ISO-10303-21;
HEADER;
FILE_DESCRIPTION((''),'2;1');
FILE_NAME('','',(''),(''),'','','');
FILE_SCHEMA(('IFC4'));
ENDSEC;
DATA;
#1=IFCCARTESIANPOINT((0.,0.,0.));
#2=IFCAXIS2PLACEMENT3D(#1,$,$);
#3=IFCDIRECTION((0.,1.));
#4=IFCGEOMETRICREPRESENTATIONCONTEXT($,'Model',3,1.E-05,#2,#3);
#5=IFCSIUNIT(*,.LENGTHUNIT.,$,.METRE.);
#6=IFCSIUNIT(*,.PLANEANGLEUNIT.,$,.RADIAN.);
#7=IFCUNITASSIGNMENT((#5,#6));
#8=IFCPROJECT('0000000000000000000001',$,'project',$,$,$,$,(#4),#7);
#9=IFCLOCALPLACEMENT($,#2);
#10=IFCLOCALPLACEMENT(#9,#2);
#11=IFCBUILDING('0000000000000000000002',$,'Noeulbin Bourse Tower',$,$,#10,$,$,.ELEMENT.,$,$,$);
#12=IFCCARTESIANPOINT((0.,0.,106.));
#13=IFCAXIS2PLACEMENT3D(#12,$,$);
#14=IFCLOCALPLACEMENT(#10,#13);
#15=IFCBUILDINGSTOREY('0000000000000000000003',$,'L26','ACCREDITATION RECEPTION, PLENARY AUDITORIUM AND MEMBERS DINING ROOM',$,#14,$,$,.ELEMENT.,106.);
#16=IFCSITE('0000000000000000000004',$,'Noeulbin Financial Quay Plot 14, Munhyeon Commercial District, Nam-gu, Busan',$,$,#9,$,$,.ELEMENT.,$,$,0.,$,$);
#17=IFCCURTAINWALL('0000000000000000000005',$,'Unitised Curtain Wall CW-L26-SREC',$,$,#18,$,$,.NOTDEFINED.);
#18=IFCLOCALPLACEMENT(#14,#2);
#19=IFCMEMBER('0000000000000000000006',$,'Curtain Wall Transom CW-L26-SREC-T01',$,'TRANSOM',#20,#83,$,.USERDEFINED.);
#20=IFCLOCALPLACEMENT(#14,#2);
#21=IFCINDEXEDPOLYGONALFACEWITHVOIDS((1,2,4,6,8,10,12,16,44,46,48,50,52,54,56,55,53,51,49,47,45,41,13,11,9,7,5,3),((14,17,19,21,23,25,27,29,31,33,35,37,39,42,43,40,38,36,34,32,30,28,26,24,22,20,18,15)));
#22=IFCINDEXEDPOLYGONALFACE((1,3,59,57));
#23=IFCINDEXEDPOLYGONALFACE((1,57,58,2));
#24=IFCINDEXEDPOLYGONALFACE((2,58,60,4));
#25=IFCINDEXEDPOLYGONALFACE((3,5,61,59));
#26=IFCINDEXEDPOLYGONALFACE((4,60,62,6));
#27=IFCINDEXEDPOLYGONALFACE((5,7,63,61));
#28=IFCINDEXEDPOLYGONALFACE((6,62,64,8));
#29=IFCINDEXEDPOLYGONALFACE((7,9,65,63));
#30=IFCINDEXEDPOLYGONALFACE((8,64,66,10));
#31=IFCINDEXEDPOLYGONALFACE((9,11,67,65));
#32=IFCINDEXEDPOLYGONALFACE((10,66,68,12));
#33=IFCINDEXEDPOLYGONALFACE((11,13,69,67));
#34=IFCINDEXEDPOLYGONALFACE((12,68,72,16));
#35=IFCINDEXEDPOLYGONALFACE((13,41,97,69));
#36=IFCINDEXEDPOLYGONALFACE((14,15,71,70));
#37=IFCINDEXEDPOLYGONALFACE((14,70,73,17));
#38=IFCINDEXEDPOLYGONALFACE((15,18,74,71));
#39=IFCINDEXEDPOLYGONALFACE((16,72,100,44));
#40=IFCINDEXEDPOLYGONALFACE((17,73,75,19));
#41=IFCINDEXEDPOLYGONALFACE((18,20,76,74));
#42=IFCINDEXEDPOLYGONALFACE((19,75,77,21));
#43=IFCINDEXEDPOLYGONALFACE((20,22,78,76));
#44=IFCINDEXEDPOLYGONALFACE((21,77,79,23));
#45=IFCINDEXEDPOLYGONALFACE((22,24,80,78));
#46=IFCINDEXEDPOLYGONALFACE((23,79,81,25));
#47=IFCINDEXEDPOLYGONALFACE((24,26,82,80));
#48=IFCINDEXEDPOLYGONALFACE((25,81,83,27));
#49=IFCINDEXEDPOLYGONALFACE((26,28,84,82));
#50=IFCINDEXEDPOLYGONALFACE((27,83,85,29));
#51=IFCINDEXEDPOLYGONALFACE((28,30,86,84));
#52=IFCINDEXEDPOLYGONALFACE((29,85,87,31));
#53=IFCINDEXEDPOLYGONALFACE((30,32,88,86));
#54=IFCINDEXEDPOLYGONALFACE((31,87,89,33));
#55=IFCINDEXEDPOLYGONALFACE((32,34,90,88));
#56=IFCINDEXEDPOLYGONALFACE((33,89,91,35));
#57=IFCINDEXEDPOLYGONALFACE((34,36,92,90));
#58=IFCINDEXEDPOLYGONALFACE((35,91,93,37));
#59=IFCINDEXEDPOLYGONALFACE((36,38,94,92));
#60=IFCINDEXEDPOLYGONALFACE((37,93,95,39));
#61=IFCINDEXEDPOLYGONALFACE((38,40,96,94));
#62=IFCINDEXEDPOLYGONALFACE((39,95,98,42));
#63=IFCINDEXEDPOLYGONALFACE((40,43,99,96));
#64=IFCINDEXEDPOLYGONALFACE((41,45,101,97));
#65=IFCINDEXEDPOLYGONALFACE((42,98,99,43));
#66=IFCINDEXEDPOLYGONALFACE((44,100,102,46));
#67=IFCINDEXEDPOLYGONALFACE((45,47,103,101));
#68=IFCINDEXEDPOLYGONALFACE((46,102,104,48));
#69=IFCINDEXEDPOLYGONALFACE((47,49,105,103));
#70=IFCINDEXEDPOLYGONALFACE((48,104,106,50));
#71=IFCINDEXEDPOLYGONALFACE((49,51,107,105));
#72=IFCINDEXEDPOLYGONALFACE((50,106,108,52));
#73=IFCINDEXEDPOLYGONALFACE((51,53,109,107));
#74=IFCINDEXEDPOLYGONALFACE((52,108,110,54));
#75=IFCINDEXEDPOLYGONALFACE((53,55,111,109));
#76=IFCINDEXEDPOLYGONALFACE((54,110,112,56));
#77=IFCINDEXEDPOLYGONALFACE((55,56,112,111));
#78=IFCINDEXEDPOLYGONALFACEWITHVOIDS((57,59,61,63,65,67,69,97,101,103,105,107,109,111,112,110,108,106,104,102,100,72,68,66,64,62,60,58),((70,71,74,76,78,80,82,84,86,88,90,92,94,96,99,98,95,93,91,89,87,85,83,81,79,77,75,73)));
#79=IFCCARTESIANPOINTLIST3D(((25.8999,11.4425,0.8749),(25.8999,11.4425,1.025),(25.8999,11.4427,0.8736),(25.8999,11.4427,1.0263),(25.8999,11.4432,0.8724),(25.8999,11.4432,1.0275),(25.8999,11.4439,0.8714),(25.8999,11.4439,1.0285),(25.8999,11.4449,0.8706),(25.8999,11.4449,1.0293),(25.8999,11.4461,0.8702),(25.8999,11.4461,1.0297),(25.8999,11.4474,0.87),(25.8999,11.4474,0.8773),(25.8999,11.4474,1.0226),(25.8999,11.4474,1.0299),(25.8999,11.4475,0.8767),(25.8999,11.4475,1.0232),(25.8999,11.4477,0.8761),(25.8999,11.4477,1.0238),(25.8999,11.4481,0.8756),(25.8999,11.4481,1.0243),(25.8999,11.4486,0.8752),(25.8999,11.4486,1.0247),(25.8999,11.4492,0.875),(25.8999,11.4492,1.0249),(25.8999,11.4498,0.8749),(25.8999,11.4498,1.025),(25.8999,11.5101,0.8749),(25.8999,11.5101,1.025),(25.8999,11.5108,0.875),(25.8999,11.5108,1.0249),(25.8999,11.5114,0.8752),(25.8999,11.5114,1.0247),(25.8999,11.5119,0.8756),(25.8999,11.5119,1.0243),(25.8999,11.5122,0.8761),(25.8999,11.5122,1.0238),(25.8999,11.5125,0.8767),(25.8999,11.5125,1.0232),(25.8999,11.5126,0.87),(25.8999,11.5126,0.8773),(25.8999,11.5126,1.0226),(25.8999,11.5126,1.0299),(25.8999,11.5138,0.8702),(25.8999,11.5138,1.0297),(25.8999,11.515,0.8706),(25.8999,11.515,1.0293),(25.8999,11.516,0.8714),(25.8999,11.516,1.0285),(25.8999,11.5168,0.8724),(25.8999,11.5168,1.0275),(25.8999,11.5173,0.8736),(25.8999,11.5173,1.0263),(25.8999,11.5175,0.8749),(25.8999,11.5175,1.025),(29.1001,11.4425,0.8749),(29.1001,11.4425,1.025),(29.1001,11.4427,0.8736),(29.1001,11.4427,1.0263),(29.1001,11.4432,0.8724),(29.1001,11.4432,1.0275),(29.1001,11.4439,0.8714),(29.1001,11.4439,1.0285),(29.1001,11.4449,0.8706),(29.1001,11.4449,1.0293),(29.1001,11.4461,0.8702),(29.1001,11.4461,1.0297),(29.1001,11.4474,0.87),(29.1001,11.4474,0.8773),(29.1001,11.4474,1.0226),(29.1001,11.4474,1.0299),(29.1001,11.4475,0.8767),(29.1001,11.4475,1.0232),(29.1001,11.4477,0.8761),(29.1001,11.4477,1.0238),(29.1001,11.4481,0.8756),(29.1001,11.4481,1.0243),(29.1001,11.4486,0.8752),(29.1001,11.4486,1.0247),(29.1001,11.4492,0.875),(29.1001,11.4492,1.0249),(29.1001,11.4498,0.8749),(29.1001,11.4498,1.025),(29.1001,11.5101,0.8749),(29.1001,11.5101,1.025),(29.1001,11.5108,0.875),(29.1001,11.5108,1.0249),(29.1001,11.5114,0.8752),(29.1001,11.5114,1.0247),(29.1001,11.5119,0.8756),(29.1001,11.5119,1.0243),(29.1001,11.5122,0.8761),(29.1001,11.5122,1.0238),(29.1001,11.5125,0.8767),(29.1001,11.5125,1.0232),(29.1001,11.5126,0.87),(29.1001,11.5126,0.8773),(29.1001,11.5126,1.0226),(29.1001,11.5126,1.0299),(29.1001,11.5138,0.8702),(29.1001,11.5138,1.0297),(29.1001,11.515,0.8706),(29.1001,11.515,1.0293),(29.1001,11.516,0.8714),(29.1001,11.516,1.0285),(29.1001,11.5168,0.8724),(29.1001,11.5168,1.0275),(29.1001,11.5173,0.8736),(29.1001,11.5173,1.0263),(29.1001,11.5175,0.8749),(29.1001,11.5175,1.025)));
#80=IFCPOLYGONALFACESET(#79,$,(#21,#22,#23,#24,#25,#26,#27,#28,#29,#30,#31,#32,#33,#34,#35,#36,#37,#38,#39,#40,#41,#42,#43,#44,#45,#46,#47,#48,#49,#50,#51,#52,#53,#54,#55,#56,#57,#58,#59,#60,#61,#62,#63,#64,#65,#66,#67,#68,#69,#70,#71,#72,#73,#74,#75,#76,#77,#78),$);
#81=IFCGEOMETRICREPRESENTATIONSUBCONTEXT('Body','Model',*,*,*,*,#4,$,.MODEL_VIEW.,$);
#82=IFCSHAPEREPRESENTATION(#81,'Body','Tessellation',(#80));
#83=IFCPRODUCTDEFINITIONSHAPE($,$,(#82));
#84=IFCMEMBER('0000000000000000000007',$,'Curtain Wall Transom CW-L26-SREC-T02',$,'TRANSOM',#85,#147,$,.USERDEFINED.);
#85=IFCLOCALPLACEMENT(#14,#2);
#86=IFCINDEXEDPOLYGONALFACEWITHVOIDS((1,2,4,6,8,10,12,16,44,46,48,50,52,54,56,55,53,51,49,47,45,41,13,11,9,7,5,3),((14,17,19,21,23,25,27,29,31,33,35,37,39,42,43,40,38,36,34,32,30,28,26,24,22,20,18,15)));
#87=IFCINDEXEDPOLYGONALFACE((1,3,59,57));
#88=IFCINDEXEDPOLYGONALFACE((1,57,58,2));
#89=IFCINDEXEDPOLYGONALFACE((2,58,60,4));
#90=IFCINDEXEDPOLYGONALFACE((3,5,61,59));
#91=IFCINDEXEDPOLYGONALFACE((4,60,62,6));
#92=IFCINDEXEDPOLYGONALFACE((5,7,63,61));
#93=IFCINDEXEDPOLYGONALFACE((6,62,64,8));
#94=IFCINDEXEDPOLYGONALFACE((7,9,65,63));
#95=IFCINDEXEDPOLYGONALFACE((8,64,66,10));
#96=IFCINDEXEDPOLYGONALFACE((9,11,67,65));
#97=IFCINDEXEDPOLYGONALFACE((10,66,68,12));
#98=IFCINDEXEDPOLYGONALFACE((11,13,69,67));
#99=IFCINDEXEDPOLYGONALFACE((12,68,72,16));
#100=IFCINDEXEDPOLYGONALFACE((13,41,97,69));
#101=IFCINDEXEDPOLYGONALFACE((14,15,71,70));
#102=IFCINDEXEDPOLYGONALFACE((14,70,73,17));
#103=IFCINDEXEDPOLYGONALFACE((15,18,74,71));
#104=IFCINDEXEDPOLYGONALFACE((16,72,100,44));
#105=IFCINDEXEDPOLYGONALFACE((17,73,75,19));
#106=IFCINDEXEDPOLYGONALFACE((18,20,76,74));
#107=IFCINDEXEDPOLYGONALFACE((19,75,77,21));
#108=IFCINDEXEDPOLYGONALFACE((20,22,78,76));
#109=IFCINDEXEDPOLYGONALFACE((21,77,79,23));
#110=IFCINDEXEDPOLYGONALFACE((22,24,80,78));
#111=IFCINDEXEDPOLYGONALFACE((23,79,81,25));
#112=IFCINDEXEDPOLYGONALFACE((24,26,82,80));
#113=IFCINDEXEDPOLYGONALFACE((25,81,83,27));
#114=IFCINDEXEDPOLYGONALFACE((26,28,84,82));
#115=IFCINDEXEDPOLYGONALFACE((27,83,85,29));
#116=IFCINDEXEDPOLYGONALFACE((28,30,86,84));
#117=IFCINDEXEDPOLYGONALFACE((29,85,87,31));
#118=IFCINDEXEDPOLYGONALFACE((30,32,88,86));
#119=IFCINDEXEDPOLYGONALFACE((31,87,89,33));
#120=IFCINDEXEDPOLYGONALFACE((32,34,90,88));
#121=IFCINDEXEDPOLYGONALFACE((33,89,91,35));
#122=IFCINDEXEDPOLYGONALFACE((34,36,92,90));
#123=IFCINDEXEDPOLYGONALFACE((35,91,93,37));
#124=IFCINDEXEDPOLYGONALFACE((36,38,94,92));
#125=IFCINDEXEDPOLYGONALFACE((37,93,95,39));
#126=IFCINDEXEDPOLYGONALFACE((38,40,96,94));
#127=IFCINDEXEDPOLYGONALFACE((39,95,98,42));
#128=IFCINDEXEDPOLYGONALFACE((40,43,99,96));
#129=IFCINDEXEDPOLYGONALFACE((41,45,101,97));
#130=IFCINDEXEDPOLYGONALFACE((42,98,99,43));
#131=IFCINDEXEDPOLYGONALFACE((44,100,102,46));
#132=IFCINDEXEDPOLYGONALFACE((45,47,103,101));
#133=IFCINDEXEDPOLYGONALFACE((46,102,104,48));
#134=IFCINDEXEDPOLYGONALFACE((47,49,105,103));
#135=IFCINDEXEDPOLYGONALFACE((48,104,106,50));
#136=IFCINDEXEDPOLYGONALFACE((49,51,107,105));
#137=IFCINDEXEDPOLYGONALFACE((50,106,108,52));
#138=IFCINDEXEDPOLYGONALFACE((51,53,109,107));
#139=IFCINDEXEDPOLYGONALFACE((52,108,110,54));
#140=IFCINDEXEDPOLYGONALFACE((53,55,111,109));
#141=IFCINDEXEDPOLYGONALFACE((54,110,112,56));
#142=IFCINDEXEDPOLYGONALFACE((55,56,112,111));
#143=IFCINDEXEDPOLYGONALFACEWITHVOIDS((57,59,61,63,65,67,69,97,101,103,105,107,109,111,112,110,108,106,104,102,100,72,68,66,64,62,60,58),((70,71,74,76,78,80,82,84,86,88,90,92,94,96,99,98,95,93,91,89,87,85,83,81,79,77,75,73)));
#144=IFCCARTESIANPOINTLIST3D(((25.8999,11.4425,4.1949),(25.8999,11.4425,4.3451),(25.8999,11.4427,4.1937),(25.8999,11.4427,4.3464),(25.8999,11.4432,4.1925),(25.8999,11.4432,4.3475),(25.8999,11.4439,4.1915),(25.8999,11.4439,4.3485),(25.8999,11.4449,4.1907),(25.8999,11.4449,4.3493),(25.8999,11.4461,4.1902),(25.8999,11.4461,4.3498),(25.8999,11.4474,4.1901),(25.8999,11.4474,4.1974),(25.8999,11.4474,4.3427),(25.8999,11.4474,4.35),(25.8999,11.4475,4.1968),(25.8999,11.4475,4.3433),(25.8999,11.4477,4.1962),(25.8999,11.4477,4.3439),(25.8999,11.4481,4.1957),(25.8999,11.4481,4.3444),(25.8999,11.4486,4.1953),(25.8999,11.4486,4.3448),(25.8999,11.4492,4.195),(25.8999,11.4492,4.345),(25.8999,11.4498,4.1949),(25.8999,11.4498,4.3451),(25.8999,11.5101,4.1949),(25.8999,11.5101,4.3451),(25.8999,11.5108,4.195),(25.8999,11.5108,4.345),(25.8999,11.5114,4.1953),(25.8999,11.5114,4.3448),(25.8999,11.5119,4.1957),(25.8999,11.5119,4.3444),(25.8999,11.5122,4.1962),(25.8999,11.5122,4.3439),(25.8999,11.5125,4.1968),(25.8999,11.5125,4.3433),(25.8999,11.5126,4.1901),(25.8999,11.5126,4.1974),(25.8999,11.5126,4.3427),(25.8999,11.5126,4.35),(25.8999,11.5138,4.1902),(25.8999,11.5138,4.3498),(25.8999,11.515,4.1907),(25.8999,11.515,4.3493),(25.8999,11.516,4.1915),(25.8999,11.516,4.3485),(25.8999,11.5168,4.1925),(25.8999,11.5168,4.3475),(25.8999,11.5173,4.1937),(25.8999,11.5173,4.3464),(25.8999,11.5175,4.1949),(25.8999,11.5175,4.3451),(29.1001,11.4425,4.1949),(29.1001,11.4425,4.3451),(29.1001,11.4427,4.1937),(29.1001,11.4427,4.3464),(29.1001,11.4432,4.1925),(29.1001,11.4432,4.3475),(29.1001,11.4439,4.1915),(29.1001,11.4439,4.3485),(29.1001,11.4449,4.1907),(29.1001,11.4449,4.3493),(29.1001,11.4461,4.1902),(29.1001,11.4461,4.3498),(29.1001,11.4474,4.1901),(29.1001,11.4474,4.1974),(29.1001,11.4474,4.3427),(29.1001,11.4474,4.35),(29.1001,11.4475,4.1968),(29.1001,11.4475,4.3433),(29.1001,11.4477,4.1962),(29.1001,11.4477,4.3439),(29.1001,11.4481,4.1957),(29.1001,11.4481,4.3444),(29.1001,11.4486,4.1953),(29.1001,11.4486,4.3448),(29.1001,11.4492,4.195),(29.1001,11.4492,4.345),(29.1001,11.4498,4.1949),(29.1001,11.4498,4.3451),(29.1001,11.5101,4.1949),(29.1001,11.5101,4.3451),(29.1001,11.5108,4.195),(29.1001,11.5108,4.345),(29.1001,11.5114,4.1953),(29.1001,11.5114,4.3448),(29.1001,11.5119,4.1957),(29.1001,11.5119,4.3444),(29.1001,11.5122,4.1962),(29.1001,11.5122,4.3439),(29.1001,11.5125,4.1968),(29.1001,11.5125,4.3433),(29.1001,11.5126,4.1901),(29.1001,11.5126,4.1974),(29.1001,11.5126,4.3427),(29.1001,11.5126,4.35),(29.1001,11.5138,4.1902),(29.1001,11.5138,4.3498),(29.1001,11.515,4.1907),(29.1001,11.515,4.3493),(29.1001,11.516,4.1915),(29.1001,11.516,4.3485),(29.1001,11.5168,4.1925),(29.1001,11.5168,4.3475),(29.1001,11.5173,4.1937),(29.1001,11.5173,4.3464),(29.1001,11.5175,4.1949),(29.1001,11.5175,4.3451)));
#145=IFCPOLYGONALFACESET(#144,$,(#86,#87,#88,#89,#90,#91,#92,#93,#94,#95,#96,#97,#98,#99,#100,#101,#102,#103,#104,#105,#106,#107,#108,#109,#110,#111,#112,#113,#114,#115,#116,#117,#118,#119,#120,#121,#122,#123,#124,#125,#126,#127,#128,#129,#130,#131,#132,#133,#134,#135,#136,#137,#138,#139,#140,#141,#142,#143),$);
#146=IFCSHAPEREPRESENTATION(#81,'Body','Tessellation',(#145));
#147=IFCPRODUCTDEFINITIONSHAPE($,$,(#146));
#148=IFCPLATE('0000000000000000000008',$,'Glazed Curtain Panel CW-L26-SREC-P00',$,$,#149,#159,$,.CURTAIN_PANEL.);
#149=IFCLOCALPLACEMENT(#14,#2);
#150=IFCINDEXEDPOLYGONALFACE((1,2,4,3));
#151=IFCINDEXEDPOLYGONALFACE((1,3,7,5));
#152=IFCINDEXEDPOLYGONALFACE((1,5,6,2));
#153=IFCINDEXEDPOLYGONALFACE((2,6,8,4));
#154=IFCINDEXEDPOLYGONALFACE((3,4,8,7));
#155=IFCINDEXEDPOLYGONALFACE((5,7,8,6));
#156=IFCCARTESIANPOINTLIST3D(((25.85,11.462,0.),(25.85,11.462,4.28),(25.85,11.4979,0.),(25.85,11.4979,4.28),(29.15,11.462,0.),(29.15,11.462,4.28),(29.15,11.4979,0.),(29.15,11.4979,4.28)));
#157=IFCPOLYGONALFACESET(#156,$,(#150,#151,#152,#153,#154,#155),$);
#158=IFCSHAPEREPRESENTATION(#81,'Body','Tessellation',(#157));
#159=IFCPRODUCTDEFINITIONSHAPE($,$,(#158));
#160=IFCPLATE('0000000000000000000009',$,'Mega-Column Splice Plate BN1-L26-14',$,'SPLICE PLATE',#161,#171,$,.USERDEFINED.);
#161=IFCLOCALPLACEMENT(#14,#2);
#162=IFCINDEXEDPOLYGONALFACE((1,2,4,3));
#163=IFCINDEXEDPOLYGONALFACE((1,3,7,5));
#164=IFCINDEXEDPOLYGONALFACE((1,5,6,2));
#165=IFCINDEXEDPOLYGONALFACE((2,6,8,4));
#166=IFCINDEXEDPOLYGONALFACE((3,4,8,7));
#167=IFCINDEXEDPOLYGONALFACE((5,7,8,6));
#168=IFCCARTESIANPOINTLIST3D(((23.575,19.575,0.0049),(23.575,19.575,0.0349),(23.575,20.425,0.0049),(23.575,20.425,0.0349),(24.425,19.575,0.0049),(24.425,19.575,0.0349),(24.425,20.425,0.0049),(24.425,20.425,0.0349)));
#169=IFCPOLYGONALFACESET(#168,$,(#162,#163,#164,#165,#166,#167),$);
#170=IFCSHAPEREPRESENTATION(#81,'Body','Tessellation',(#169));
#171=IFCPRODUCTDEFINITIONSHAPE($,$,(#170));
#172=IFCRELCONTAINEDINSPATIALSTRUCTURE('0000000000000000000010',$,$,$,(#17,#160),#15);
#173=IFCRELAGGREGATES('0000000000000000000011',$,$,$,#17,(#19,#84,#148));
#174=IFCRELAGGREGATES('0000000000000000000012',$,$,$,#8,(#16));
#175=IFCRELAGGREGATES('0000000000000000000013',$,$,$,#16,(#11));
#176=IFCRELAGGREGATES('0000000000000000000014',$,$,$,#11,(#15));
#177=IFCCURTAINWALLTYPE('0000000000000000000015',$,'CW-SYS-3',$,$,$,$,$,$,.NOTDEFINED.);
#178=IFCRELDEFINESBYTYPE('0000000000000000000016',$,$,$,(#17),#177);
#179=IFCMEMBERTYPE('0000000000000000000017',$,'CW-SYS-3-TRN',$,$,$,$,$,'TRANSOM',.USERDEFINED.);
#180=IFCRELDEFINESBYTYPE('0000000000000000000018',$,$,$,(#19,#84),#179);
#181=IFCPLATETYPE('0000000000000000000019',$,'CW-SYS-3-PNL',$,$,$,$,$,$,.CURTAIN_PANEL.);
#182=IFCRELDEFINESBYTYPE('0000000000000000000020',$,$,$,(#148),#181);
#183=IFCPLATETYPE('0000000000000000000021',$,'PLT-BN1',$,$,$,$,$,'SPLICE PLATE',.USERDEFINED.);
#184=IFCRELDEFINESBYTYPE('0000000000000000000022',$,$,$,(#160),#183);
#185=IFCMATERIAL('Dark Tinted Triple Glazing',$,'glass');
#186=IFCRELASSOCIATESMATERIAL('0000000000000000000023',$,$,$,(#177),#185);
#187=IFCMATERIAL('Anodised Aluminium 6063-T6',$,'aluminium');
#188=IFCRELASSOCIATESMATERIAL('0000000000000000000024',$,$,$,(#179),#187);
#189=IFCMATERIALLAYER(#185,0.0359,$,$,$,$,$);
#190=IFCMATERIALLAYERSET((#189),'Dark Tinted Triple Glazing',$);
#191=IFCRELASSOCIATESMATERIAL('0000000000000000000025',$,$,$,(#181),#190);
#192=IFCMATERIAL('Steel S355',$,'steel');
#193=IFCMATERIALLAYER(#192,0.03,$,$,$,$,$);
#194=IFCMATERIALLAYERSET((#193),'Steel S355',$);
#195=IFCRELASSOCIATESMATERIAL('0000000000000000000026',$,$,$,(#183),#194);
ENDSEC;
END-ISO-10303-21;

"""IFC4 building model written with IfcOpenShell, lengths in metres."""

from ifc_helpers import new_model, si_unit, direction, frame, origin, origin_2d, place, context, subcontext, project, spatial, rectangle, hollow_rectangle, extrude, material, layer, layer_set, material_profile, profile_set, type_object, element, aggregate, save


model = new_model("IFC4")

# Units and contexts
model_context = context("Model", 3, precision=1e-05, world=origin(), true_north=direction((0.0, 1.0)))
body_context = subcontext(model_context, "Body", "Model", "MODEL_VIEW")
ifc_project = project(units=[si_unit("LENGTHUNIT", "METRE"), si_unit("PLANEANGLEUNIT", "RADIAN")], contexts=[model_context])

# Site, building, storey
site_placement = place(None, origin())
site = spatial("IfcSite", under=ifc_project, at=site_placement, Name="Noeulbin Financial Quay Plot 14, Munhyeon Commercial District, Nam-gu, Busan", CompositionType="ELEMENT", RefElevation=0.0)
building_placement = place(site_placement, origin())
building = spatial("IfcBuilding", under=site, at=building_placement, Name="Noeulbin Bourse Tower", CompositionType="ELEMENT")
storey_placement = place(building_placement, frame((0.0, 0.0, 106.0)))
storey = spatial("IfcBuildingStorey", under=building, at=storey_placement, Name="L26", Description="ACCREDITATION RECEPTION, PLENARY AUDITORIUM AND MEMBERS DINING ROOM", CompositionType="ELEMENT", Elevation=106.0)

# Shared definitions
ifc_material_1 = material(Name="Steel S355", Category="steel")

# Curtain wall, members, plate
ifc_material_2 = material(Name="Dark Tinted Triple Glazing", Category="glass")
curtain_wall_type = type_object("IfcCurtainWallType", Name="CW-SYS-3", PredefinedType="NOTDEFINED", material=ifc_material_2)
curtain_wall_placement = place(storey_placement, origin())
curtain_wall = element("IfcCurtainWall", 1, at=curtain_wall_placement, inside=storey, type_object=curtain_wall_type, Name="Unitised Curtain Wall CW-L26-SREC", PredefinedType="NOTDEFINED")
ifc_material_3 = material(Name="Anodised Aluminium 6063-T6", Category="aluminium")
ifc_material_profile_1 = material_profile(ifc_material_3, hollow_rectangle(XDim=0.075, YDim=0.1599, WallThickness=0.0049, InnerFilletRadius=0.0024, OuterFilletRadius=0.0049, at=origin_2d()), Name="ALU-TRAN-75x160x5", Category="LoadBearing")
ifc_profile_set_1 = profile_set([ifc_material_profile_1], Name="Anodised Aluminium 6063-T6")
member_type_1 = type_object("IfcMemberType", Name="CW-SYS-3-TRN", ElementType="TRANSOM", PredefinedType="USERDEFINED", material=ifc_profile_set_1)
member_1_placement = place(storey_placement, frame((25.8999, 11.48, 0.95), z_axis=(1.0, 0.0, 0.0), x_axis=(0.0, 1.0, 0.0)))
member_1 = element("IfcMember", 2, at=member_1_placement, type_object=member_type_1, Name="Curtain Wall Transom CW-L26-SREC-T01", ObjectType="TRANSOM", PredefinedType="USERDEFINED", context=body_context, shape_type="SweptSolid", body=[
    extrude(hollow_rectangle(XDim=0.075, YDim=0.1599, WallThickness=0.0049, InnerFilletRadius=0.0024, OuterFilletRadius=0.0049, at=origin_2d()), origin(), (0.0, 0.0, 1.0), 3.2002),
])
member_2_placement = place(storey_placement, frame((25.8999, 11.48, 4.27), z_axis=(1.0, 0.0, 0.0), x_axis=(0.0, 1.0, 0.0)))
member_2 = element("IfcMember", 3, at=member_2_placement, type_object=member_type_1, Name="Curtain Wall Transom CW-L26-SREC-T02", ObjectType="TRANSOM", PredefinedType="USERDEFINED", context=body_context, shape_type="SweptSolid", body=[
    extrude(hollow_rectangle(XDim=0.075, YDim=0.1599, WallThickness=0.0049, InnerFilletRadius=0.0024, OuterFilletRadius=0.0049, at=origin_2d()), origin(), (0.0, 0.0, 1.0), 3.2002),
])
ifc_layer_1 = layer(ifc_material_2, 0.0359)
ifc_layer_set_1 = layer_set([ifc_layer_1], Name="Dark Tinted Triple Glazing")
plate_type_1 = type_object("IfcPlateType", Name="CW-SYS-3-PNL", PredefinedType="CURTAIN_PANEL", material=ifc_layer_set_1)
plate_1_placement = place(storey_placement, frame((27.5, 11.48, 0.0), z_axis=(0.0, 0.0, 1.0), x_axis=(1.0, 0.0, 0.0)))
plate_1 = element("IfcPlate", 4, at=plate_1_placement, type_object=plate_type_1, Name="Glazed Curtain Panel CW-L26-SREC-P00", PredefinedType="CURTAIN_PANEL", context=body_context, shape_type="SweptSolid", body=[
    extrude(rectangle(XDim=3.3, YDim=0.0359, at=origin_2d()), origin(), (0.0, 0.0, 1.0), 4.28),
])
aggregate(curtain_wall, [member_1, member_2, plate_1])

# Plate
ifc_layer_2 = layer(ifc_material_1, 0.03)
ifc_layer_set_2 = layer_set([ifc_layer_2], Name="Steel S355")
plate_type_2 = type_object("IfcPlateType", Name="PLT-BN1", ElementType="SPLICE PLATE", PredefinedType="USERDEFINED", material=ifc_layer_set_2)
plate_2_placement = place(storey_placement, frame((24.0, 20.0, 0.0049), z_axis=(0.0, 0.0, 1.0), x_axis=(1.0, 0.0, 0.0)))
element("IfcPlate", 5, at=plate_2_placement, inside=storey, type_object=plate_type_2, Name="Mega-Column Splice Plate BN1-L26-14", ObjectType="SPLICE PLATE", PredefinedType="USERDEFINED", context=body_context, shape_type="SweptSolid", body=[
    extrude(rectangle(XDim=0.8501, YDim=0.8501, at=origin_2d()), origin(), (0.0, 0.0, 1.0), 0.03),
])

save(model, "model.ifc")
